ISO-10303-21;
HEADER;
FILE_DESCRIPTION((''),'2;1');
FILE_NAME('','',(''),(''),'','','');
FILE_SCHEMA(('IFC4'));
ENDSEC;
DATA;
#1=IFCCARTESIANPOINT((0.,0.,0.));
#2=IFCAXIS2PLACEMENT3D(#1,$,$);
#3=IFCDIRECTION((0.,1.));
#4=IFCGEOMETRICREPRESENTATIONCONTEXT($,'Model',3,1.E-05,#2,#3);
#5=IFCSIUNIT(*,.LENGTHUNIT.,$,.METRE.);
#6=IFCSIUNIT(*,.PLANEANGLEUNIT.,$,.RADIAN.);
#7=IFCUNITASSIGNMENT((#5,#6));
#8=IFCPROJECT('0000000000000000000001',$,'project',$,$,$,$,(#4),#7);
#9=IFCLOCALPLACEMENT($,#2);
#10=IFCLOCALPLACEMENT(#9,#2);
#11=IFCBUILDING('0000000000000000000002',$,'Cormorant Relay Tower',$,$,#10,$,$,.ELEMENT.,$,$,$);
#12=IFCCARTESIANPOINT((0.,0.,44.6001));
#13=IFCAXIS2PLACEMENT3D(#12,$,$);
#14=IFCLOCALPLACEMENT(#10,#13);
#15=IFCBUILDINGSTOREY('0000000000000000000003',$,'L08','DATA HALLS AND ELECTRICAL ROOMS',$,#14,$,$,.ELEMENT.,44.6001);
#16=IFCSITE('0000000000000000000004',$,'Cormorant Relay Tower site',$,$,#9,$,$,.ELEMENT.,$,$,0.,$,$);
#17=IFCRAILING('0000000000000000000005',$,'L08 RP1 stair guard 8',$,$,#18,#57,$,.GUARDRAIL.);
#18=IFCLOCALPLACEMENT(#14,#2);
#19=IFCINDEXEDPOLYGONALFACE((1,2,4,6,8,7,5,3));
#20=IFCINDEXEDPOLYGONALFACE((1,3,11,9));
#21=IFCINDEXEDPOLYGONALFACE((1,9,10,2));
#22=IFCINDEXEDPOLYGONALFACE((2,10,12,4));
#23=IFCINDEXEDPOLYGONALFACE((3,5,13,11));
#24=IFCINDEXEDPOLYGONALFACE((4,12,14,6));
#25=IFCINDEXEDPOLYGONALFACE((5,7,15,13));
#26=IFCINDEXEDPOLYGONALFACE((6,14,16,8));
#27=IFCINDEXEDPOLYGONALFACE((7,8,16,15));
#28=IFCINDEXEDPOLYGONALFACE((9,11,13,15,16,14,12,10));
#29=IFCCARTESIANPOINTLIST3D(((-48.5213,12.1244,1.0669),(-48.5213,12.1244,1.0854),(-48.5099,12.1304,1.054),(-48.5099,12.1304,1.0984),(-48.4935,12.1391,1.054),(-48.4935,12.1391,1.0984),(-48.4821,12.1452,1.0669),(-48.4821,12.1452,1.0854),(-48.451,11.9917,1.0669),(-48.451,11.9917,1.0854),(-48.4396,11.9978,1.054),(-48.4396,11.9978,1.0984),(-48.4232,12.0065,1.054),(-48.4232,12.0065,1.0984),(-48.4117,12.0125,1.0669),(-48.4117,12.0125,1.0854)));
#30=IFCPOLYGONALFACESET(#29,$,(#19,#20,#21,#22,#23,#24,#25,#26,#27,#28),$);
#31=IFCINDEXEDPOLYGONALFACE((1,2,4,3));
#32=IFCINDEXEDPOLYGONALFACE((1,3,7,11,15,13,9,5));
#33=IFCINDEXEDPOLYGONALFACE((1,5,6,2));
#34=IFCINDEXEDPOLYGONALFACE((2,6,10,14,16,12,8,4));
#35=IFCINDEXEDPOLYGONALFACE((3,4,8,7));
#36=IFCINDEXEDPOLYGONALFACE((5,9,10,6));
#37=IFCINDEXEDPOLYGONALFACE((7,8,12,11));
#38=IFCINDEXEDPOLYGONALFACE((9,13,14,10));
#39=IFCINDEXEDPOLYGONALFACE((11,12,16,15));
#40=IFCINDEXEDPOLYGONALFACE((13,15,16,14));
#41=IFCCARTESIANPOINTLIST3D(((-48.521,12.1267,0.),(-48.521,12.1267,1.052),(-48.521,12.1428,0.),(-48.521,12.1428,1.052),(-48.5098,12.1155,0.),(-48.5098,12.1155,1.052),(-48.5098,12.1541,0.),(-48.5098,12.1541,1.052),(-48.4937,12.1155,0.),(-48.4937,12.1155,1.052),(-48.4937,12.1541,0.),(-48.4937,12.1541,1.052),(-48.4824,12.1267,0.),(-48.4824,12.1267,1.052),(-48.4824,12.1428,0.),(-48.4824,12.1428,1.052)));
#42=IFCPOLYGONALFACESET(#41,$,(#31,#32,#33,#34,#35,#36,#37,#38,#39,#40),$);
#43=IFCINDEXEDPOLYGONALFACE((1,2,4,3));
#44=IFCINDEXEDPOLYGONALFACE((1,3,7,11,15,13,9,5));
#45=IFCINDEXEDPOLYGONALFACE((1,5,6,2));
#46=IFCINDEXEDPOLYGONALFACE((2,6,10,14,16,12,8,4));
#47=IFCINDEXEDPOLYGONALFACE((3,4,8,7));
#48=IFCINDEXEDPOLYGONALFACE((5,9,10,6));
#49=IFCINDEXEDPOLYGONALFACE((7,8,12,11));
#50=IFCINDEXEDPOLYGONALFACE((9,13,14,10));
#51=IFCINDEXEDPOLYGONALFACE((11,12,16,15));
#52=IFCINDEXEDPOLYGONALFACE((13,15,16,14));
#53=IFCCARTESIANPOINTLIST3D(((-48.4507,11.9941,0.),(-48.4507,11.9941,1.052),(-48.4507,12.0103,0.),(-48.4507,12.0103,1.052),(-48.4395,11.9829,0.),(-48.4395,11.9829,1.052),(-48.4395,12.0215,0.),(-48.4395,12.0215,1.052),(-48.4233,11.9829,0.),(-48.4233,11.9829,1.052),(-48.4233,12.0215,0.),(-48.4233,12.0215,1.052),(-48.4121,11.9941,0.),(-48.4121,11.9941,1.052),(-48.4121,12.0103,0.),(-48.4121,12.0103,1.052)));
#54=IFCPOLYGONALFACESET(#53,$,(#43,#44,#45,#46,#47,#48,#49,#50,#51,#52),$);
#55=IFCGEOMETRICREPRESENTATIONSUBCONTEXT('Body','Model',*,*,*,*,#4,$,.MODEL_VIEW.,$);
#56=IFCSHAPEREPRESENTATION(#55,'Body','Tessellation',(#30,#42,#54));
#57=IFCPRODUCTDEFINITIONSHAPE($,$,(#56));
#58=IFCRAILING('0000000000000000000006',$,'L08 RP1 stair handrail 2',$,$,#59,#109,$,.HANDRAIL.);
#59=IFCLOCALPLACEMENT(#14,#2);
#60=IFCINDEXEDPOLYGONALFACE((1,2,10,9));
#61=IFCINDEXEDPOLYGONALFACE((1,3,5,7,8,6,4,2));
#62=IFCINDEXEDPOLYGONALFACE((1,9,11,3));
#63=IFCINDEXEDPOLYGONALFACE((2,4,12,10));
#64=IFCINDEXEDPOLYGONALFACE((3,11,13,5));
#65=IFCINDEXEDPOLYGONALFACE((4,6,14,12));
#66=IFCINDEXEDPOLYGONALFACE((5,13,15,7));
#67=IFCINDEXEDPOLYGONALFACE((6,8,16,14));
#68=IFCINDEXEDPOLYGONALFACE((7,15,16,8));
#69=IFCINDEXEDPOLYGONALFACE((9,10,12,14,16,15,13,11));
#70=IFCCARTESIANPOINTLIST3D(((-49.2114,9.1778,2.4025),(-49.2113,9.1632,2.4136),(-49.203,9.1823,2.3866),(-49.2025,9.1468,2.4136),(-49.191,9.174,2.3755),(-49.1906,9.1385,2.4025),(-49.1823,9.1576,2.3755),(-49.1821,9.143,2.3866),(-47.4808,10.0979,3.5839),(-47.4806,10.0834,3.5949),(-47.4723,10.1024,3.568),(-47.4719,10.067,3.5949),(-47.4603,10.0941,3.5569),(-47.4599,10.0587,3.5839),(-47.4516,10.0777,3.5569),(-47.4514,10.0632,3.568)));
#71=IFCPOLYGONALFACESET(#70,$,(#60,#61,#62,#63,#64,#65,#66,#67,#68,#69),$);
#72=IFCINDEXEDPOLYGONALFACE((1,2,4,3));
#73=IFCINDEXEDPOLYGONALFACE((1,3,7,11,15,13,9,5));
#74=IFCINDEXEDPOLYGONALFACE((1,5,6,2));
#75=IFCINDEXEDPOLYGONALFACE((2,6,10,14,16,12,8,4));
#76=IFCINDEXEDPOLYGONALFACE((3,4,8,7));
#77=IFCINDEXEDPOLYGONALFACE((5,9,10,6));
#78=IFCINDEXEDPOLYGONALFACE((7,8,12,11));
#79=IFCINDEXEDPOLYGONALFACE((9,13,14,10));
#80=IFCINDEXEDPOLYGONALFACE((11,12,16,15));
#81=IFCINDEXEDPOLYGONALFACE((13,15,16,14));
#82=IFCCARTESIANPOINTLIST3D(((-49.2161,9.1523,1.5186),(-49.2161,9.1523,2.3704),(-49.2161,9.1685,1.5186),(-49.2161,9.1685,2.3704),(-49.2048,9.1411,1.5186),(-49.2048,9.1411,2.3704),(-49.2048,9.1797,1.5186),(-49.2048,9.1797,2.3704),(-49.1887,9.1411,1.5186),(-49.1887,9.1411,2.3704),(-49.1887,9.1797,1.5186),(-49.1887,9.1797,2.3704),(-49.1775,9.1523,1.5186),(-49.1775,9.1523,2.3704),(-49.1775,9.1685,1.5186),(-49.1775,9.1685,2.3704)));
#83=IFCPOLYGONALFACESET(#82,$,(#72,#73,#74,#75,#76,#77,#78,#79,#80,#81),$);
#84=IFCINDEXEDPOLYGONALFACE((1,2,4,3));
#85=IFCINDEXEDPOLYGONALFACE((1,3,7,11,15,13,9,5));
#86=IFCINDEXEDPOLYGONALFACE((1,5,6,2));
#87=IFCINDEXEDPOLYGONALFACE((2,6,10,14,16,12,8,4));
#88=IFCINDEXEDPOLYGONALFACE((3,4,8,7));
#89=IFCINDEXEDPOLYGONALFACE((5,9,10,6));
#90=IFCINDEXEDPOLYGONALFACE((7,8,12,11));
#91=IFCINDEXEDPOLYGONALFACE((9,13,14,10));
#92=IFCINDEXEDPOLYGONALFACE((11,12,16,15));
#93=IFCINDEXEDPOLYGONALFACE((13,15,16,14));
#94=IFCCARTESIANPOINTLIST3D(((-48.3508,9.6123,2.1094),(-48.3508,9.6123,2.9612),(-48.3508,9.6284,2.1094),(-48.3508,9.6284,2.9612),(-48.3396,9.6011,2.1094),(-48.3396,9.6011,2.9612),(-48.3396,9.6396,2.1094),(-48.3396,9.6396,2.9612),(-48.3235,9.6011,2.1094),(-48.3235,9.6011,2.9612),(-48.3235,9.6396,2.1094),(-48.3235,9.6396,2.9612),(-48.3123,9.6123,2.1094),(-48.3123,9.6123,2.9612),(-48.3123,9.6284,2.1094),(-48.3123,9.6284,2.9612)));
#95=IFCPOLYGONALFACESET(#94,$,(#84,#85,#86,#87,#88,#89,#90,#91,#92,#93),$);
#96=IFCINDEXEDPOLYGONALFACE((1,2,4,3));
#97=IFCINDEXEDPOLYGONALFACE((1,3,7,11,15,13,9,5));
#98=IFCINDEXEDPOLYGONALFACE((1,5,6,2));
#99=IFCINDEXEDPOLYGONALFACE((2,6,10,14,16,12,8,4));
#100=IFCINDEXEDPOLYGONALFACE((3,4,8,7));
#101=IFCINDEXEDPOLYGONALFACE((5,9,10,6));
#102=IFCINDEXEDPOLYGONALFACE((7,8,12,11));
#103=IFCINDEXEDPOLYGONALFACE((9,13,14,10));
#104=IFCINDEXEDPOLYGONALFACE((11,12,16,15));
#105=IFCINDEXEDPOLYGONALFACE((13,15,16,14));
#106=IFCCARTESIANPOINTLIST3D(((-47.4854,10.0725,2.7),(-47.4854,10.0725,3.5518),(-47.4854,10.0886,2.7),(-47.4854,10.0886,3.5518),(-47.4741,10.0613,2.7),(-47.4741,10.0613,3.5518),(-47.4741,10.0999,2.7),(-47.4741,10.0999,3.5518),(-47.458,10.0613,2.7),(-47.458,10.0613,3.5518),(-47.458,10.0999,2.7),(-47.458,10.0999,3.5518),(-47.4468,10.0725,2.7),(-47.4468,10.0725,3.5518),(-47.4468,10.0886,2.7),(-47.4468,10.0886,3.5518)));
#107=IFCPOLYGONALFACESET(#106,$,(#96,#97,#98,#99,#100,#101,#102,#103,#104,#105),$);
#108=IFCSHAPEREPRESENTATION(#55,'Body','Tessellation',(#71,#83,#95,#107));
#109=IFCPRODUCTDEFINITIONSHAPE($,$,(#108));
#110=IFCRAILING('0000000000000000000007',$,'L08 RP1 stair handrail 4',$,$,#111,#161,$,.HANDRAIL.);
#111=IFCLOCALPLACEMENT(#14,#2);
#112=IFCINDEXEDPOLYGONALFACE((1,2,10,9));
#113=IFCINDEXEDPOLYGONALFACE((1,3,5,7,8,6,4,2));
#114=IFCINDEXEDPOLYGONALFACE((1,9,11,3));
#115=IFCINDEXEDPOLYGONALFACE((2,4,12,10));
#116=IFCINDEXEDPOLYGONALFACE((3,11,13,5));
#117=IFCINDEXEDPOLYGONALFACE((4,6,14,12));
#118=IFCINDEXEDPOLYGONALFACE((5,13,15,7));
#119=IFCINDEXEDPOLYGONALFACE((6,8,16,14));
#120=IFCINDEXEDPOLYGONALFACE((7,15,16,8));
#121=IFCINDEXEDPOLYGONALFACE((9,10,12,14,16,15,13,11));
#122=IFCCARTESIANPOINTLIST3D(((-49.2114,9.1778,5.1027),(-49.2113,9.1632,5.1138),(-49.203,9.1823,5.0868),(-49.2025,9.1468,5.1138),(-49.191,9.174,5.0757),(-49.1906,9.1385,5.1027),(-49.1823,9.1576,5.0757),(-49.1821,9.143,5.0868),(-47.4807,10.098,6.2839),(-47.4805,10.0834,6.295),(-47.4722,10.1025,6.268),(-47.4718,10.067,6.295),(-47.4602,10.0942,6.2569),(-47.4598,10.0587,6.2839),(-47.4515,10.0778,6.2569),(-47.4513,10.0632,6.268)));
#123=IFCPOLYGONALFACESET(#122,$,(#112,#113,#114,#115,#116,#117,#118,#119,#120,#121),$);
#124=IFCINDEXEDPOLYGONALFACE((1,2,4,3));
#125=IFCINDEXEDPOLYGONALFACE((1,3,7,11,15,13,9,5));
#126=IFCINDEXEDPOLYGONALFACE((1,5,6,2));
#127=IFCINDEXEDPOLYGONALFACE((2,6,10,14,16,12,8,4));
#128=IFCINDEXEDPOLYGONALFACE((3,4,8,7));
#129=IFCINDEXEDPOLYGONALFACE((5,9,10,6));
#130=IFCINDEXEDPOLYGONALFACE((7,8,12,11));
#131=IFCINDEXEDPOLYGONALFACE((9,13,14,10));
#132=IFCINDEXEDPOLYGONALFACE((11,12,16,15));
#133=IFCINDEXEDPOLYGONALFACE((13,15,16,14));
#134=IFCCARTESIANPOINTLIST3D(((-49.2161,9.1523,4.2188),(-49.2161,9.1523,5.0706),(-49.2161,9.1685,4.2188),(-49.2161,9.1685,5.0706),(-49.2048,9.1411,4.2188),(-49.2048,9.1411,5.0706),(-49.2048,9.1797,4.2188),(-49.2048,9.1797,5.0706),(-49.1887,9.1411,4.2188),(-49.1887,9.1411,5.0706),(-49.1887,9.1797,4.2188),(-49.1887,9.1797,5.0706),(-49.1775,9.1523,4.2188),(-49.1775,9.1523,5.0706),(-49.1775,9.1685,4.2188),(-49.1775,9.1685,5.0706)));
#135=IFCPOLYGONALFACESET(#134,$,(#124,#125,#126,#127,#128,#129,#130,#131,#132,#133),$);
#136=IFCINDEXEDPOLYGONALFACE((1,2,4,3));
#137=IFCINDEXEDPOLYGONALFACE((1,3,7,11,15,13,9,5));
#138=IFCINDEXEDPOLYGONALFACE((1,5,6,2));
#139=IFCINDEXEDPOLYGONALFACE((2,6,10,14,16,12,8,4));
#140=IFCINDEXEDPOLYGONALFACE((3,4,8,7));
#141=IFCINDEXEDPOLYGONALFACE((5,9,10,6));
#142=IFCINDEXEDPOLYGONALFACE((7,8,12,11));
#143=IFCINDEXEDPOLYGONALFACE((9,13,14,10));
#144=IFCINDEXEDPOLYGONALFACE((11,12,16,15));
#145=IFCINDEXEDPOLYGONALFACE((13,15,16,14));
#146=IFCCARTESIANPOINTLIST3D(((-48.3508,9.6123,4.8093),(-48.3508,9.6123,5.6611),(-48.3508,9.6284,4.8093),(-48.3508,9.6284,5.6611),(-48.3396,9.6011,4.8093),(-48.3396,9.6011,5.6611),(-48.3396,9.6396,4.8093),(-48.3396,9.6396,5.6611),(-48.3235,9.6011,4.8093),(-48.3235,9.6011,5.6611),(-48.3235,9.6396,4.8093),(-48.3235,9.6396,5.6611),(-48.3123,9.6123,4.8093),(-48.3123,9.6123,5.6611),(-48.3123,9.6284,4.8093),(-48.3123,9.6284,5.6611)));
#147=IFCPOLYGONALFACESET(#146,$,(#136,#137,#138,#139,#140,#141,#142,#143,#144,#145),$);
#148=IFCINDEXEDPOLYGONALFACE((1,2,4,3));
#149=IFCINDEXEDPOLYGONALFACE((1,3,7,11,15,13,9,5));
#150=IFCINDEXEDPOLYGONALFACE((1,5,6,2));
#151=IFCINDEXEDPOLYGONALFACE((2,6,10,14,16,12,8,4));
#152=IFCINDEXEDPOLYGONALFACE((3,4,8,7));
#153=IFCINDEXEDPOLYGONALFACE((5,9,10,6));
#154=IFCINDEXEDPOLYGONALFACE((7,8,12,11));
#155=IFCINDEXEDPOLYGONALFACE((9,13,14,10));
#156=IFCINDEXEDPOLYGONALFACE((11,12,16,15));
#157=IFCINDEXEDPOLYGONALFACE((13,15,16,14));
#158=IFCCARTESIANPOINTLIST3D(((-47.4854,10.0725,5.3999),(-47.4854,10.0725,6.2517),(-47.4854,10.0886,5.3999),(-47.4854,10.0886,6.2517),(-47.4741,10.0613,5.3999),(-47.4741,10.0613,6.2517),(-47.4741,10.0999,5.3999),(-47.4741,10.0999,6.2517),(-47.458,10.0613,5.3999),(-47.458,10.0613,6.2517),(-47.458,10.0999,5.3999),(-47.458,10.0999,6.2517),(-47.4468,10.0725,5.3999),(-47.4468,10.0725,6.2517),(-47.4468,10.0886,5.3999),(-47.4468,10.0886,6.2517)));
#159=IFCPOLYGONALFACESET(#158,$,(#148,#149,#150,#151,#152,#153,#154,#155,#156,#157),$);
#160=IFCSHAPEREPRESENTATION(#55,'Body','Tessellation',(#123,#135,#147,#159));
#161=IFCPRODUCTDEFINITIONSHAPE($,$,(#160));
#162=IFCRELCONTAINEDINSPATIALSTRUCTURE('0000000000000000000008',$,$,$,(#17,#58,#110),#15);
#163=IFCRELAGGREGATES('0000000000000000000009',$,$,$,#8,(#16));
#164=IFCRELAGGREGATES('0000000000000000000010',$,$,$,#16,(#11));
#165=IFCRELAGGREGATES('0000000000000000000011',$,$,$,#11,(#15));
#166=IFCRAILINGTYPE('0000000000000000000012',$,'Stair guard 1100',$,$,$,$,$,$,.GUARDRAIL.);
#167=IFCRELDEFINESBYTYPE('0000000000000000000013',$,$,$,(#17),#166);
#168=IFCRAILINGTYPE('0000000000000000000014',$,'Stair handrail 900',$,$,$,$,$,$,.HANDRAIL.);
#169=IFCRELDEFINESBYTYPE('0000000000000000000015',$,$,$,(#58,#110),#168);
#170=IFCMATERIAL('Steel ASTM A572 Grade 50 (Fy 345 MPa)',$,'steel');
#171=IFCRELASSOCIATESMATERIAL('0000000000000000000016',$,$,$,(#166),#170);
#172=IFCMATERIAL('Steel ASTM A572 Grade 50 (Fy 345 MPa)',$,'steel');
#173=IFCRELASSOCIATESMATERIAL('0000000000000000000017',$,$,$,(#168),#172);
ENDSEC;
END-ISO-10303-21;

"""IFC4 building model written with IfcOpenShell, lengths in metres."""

from ifc_helpers import new_model, si_unit, direction, frame, origin, place, context, subcontext, project, spatial, polyline, outline, extrude, material, type_object, element, save


model = new_model("IFC4")

# Units and contexts
model_context = context("Model", 3, precision=1e-05, world=origin(), true_north=direction((0.0, 1.0)))
body_context = subcontext(model_context, "Body", "Model", "MODEL_VIEW")
ifc_project = project(units=[si_unit("LENGTHUNIT", "METRE"), si_unit("PLANEANGLEUNIT", "RADIAN")], contexts=[model_context])

# Site, building, storey
site_placement = place(None, origin())
site = spatial("IfcSite", under=ifc_project, at=site_placement, Name="Cormorant Relay Tower site", CompositionType="ELEMENT", RefElevation=0.0)
building_placement = place(site_placement, origin())
building = spatial("IfcBuilding", under=site, at=building_placement, Name="Cormorant Relay Tower", CompositionType="ELEMENT")
storey_placement = place(building_placement, frame((0.0, 0.0, 44.6001)))
storey = spatial("IfcBuildingStorey", under=building, at=storey_placement, Name="L08", Description="DATA HALLS AND ELECTRICAL ROOMS", CompositionType="ELEMENT", Elevation=44.6001)

# Railings
ifc_material_1 = material(Name="Steel ASTM A572 Grade 50 (Fy 345 MPa)", Category="steel")
railing_type_1 = type_object("IfcRailingType", Name="Stair guard 1100", PredefinedType="GUARDRAIL", material=ifc_material_1)
railing_1_placement = place(storey_placement, frame((-48.5017, 12.1348, 0.0)))
element("IfcRailing", 1, at=railing_1_placement, inside=storey, type_object=railing_type_1, Name="L08 RP1 stair guard 8", PredefinedType="GUARDRAIL", context=body_context, shape_type="SweptSolid", body=[
    extrude(outline(polyline([(0.0222, 0.0093), (0.0093, 0.0222), (-0.0093, 0.0222), (-0.0222, 0.0093), (-0.0222, -0.0093), (-0.0093, -0.0222), (0.0093, -0.0222), (0.0222, -0.0093), (0.0222, 0.0093)])), frame((0.0, 0.0, 1.0762), z_axis=(0.46856, -0.883431, 0.0), x_axis=(0.883431, 0.46856, 0.0)), (0.0, 0.0, 1.0), 0.1501),
    extrude(outline(polyline([(0.0193, 0.0081), (0.0081, 0.0193), (-0.0081, 0.0193), (-0.0193, 0.0081), (-0.0193, -0.0081), (-0.0081, -0.0193), (0.0081, -0.0193), (0.0193, -0.0081), (0.0193, 0.0081)])), origin(), (0.0, 0.0, 1.0), 1.052),
    extrude(outline(polyline([(0.0193, 0.0081), (0.0081, 0.0193), (-0.0081, 0.0193), (-0.0193, 0.0081), (-0.0193, -0.0081), (-0.0081, -0.0193), (0.0081, -0.0193), (0.0193, -0.0081), (0.0193, 0.0081)])), frame((0.0703, -0.1326, 0.0)), (0.0, 0.0, 1.0), 1.052),
])
ifc_material_2 = material(Name="Steel ASTM A572 Grade 50 (Fy 345 MPa)", Category="steel")
railing_type_2 = type_object("IfcRailingType", Name="Stair handrail 900", PredefinedType="HANDRAIL", material=ifc_material_2)
railing_2_placement = place(storey_placement, frame((-49.1968, 9.1604, 1.5186)))
element("IfcRailing", 2, at=railing_2_placement, inside=storey, type_object=railing_type_2, Name="L08 RP1 stair handrail 2", PredefinedType="HANDRAIL", context=body_context, shape_type="SweptSolid", body=[
    extrude(outline(polyline([(0.0222, 0.0093), (0.0093, 0.0222), (-0.0093, 0.0222), (-0.0222, 0.0093), (-0.0222, -0.0093), (-0.0093, -0.0222), (0.0093, -0.0222), (0.0222, -0.0093), (0.0222, 0.0093)])), frame((0.0, 0.0, 0.876), z_axis=(0.756226, 0.402062, 0.516205), x_axis=(-0.469444, 0.882962, 0.0)), (0.0, 0.0, 1.0), 2.2886),
    extrude(outline(polyline([(0.0193, 0.0081), (0.0081, 0.0193), (-0.0081, 0.0193), (-0.0193, 0.0081), (-0.0193, -0.0081), (-0.0081, -0.0193), (0.0081, -0.0193), (0.0193, -0.0081), (0.0193, 0.0081)])), origin(), (0.0, 0.0, 1.0), 0.8518),
    extrude(outline(polyline([(0.0193, 0.0081), (0.0081, 0.0193), (-0.0081, 0.0193), (-0.0193, 0.0081), (-0.0193, -0.0081), (-0.0081, -0.0193), (0.0081, -0.0193), (0.0193, -0.0081), (0.0193, 0.0081)])), frame((0.8652, 0.46, 0.5908)), (0.0, 0.0, 1.0), 0.8518),
    extrude(outline(polyline([(0.0193, 0.0081), (0.0081, 0.0193), (-0.0081, 0.0193), (-0.0193, 0.0081), (-0.0193, -0.0081), (-0.0081, -0.0193), (0.0081, -0.0193), (0.0193, -0.0081), (0.0193, 0.0081)])), frame((1.7307, 0.9202, 1.1814)), (0.0, 0.0, 1.0), 0.8518),
])
railing_3_placement = place(storey_placement, frame((-49.1968, 9.1604, 4.2188)))
element("IfcRailing", 3, at=railing_3_placement, inside=storey, type_object=railing_type_2, Name="L08 RP1 stair handrail 4", PredefinedType="HANDRAIL", context=body_context, shape_type="SweptSolid", body=[
    extrude(outline(polyline([(0.0222, 0.0093), (0.0093, 0.0222), (-0.0093, 0.0222), (-0.0222, 0.0093), (-0.0222, -0.0093), (-0.0093, -0.0222), (0.0093, -0.0222), (0.0222, -0.0093), (0.0222, 0.0093)])), frame((0.0, 0.0, 0.876), z_axis=(0.756268, 0.402084, 0.516127), x_axis=(-0.469444, 0.882962, 0.0)), (0.0, 0.0, 1.0), 2.2886),
    extrude(outline(polyline([(0.0193, 0.0081), (0.0081, 0.0193), (-0.0081, 0.0193), (-0.0193, 0.0081), (-0.0193, -0.0081), (-0.0081, -0.0193), (0.0081, -0.0193), (0.0193, -0.0081), (0.0193, 0.0081)])), origin(), (0.0, 0.0, 1.0), 0.8518),
    extrude(outline(polyline([(0.0193, 0.0081), (0.0081, 0.0193), (-0.0081, 0.0193), (-0.0193, 0.0081), (-0.0193, -0.0081), (-0.0081, -0.0193), (0.0081, -0.0193), (0.0193, -0.0081), (0.0193, 0.0081)])), frame((0.8652, 0.46, 0.5906)), (0.0, 0.0, 1.0), 0.8518),
    extrude(outline(polyline([(0.0193, 0.0081), (0.0081, 0.0193), (-0.0081, 0.0193), (-0.0193, 0.0081), (-0.0193, -0.0081), (-0.0081, -0.0193), (0.0081, -0.0193), (0.0193, -0.0081), (0.0193, 0.0081)])), frame((1.7307, 0.9202, 1.1812)), (0.0, 0.0, 1.0), 0.8518),
])

save(model, "model.ifc")
